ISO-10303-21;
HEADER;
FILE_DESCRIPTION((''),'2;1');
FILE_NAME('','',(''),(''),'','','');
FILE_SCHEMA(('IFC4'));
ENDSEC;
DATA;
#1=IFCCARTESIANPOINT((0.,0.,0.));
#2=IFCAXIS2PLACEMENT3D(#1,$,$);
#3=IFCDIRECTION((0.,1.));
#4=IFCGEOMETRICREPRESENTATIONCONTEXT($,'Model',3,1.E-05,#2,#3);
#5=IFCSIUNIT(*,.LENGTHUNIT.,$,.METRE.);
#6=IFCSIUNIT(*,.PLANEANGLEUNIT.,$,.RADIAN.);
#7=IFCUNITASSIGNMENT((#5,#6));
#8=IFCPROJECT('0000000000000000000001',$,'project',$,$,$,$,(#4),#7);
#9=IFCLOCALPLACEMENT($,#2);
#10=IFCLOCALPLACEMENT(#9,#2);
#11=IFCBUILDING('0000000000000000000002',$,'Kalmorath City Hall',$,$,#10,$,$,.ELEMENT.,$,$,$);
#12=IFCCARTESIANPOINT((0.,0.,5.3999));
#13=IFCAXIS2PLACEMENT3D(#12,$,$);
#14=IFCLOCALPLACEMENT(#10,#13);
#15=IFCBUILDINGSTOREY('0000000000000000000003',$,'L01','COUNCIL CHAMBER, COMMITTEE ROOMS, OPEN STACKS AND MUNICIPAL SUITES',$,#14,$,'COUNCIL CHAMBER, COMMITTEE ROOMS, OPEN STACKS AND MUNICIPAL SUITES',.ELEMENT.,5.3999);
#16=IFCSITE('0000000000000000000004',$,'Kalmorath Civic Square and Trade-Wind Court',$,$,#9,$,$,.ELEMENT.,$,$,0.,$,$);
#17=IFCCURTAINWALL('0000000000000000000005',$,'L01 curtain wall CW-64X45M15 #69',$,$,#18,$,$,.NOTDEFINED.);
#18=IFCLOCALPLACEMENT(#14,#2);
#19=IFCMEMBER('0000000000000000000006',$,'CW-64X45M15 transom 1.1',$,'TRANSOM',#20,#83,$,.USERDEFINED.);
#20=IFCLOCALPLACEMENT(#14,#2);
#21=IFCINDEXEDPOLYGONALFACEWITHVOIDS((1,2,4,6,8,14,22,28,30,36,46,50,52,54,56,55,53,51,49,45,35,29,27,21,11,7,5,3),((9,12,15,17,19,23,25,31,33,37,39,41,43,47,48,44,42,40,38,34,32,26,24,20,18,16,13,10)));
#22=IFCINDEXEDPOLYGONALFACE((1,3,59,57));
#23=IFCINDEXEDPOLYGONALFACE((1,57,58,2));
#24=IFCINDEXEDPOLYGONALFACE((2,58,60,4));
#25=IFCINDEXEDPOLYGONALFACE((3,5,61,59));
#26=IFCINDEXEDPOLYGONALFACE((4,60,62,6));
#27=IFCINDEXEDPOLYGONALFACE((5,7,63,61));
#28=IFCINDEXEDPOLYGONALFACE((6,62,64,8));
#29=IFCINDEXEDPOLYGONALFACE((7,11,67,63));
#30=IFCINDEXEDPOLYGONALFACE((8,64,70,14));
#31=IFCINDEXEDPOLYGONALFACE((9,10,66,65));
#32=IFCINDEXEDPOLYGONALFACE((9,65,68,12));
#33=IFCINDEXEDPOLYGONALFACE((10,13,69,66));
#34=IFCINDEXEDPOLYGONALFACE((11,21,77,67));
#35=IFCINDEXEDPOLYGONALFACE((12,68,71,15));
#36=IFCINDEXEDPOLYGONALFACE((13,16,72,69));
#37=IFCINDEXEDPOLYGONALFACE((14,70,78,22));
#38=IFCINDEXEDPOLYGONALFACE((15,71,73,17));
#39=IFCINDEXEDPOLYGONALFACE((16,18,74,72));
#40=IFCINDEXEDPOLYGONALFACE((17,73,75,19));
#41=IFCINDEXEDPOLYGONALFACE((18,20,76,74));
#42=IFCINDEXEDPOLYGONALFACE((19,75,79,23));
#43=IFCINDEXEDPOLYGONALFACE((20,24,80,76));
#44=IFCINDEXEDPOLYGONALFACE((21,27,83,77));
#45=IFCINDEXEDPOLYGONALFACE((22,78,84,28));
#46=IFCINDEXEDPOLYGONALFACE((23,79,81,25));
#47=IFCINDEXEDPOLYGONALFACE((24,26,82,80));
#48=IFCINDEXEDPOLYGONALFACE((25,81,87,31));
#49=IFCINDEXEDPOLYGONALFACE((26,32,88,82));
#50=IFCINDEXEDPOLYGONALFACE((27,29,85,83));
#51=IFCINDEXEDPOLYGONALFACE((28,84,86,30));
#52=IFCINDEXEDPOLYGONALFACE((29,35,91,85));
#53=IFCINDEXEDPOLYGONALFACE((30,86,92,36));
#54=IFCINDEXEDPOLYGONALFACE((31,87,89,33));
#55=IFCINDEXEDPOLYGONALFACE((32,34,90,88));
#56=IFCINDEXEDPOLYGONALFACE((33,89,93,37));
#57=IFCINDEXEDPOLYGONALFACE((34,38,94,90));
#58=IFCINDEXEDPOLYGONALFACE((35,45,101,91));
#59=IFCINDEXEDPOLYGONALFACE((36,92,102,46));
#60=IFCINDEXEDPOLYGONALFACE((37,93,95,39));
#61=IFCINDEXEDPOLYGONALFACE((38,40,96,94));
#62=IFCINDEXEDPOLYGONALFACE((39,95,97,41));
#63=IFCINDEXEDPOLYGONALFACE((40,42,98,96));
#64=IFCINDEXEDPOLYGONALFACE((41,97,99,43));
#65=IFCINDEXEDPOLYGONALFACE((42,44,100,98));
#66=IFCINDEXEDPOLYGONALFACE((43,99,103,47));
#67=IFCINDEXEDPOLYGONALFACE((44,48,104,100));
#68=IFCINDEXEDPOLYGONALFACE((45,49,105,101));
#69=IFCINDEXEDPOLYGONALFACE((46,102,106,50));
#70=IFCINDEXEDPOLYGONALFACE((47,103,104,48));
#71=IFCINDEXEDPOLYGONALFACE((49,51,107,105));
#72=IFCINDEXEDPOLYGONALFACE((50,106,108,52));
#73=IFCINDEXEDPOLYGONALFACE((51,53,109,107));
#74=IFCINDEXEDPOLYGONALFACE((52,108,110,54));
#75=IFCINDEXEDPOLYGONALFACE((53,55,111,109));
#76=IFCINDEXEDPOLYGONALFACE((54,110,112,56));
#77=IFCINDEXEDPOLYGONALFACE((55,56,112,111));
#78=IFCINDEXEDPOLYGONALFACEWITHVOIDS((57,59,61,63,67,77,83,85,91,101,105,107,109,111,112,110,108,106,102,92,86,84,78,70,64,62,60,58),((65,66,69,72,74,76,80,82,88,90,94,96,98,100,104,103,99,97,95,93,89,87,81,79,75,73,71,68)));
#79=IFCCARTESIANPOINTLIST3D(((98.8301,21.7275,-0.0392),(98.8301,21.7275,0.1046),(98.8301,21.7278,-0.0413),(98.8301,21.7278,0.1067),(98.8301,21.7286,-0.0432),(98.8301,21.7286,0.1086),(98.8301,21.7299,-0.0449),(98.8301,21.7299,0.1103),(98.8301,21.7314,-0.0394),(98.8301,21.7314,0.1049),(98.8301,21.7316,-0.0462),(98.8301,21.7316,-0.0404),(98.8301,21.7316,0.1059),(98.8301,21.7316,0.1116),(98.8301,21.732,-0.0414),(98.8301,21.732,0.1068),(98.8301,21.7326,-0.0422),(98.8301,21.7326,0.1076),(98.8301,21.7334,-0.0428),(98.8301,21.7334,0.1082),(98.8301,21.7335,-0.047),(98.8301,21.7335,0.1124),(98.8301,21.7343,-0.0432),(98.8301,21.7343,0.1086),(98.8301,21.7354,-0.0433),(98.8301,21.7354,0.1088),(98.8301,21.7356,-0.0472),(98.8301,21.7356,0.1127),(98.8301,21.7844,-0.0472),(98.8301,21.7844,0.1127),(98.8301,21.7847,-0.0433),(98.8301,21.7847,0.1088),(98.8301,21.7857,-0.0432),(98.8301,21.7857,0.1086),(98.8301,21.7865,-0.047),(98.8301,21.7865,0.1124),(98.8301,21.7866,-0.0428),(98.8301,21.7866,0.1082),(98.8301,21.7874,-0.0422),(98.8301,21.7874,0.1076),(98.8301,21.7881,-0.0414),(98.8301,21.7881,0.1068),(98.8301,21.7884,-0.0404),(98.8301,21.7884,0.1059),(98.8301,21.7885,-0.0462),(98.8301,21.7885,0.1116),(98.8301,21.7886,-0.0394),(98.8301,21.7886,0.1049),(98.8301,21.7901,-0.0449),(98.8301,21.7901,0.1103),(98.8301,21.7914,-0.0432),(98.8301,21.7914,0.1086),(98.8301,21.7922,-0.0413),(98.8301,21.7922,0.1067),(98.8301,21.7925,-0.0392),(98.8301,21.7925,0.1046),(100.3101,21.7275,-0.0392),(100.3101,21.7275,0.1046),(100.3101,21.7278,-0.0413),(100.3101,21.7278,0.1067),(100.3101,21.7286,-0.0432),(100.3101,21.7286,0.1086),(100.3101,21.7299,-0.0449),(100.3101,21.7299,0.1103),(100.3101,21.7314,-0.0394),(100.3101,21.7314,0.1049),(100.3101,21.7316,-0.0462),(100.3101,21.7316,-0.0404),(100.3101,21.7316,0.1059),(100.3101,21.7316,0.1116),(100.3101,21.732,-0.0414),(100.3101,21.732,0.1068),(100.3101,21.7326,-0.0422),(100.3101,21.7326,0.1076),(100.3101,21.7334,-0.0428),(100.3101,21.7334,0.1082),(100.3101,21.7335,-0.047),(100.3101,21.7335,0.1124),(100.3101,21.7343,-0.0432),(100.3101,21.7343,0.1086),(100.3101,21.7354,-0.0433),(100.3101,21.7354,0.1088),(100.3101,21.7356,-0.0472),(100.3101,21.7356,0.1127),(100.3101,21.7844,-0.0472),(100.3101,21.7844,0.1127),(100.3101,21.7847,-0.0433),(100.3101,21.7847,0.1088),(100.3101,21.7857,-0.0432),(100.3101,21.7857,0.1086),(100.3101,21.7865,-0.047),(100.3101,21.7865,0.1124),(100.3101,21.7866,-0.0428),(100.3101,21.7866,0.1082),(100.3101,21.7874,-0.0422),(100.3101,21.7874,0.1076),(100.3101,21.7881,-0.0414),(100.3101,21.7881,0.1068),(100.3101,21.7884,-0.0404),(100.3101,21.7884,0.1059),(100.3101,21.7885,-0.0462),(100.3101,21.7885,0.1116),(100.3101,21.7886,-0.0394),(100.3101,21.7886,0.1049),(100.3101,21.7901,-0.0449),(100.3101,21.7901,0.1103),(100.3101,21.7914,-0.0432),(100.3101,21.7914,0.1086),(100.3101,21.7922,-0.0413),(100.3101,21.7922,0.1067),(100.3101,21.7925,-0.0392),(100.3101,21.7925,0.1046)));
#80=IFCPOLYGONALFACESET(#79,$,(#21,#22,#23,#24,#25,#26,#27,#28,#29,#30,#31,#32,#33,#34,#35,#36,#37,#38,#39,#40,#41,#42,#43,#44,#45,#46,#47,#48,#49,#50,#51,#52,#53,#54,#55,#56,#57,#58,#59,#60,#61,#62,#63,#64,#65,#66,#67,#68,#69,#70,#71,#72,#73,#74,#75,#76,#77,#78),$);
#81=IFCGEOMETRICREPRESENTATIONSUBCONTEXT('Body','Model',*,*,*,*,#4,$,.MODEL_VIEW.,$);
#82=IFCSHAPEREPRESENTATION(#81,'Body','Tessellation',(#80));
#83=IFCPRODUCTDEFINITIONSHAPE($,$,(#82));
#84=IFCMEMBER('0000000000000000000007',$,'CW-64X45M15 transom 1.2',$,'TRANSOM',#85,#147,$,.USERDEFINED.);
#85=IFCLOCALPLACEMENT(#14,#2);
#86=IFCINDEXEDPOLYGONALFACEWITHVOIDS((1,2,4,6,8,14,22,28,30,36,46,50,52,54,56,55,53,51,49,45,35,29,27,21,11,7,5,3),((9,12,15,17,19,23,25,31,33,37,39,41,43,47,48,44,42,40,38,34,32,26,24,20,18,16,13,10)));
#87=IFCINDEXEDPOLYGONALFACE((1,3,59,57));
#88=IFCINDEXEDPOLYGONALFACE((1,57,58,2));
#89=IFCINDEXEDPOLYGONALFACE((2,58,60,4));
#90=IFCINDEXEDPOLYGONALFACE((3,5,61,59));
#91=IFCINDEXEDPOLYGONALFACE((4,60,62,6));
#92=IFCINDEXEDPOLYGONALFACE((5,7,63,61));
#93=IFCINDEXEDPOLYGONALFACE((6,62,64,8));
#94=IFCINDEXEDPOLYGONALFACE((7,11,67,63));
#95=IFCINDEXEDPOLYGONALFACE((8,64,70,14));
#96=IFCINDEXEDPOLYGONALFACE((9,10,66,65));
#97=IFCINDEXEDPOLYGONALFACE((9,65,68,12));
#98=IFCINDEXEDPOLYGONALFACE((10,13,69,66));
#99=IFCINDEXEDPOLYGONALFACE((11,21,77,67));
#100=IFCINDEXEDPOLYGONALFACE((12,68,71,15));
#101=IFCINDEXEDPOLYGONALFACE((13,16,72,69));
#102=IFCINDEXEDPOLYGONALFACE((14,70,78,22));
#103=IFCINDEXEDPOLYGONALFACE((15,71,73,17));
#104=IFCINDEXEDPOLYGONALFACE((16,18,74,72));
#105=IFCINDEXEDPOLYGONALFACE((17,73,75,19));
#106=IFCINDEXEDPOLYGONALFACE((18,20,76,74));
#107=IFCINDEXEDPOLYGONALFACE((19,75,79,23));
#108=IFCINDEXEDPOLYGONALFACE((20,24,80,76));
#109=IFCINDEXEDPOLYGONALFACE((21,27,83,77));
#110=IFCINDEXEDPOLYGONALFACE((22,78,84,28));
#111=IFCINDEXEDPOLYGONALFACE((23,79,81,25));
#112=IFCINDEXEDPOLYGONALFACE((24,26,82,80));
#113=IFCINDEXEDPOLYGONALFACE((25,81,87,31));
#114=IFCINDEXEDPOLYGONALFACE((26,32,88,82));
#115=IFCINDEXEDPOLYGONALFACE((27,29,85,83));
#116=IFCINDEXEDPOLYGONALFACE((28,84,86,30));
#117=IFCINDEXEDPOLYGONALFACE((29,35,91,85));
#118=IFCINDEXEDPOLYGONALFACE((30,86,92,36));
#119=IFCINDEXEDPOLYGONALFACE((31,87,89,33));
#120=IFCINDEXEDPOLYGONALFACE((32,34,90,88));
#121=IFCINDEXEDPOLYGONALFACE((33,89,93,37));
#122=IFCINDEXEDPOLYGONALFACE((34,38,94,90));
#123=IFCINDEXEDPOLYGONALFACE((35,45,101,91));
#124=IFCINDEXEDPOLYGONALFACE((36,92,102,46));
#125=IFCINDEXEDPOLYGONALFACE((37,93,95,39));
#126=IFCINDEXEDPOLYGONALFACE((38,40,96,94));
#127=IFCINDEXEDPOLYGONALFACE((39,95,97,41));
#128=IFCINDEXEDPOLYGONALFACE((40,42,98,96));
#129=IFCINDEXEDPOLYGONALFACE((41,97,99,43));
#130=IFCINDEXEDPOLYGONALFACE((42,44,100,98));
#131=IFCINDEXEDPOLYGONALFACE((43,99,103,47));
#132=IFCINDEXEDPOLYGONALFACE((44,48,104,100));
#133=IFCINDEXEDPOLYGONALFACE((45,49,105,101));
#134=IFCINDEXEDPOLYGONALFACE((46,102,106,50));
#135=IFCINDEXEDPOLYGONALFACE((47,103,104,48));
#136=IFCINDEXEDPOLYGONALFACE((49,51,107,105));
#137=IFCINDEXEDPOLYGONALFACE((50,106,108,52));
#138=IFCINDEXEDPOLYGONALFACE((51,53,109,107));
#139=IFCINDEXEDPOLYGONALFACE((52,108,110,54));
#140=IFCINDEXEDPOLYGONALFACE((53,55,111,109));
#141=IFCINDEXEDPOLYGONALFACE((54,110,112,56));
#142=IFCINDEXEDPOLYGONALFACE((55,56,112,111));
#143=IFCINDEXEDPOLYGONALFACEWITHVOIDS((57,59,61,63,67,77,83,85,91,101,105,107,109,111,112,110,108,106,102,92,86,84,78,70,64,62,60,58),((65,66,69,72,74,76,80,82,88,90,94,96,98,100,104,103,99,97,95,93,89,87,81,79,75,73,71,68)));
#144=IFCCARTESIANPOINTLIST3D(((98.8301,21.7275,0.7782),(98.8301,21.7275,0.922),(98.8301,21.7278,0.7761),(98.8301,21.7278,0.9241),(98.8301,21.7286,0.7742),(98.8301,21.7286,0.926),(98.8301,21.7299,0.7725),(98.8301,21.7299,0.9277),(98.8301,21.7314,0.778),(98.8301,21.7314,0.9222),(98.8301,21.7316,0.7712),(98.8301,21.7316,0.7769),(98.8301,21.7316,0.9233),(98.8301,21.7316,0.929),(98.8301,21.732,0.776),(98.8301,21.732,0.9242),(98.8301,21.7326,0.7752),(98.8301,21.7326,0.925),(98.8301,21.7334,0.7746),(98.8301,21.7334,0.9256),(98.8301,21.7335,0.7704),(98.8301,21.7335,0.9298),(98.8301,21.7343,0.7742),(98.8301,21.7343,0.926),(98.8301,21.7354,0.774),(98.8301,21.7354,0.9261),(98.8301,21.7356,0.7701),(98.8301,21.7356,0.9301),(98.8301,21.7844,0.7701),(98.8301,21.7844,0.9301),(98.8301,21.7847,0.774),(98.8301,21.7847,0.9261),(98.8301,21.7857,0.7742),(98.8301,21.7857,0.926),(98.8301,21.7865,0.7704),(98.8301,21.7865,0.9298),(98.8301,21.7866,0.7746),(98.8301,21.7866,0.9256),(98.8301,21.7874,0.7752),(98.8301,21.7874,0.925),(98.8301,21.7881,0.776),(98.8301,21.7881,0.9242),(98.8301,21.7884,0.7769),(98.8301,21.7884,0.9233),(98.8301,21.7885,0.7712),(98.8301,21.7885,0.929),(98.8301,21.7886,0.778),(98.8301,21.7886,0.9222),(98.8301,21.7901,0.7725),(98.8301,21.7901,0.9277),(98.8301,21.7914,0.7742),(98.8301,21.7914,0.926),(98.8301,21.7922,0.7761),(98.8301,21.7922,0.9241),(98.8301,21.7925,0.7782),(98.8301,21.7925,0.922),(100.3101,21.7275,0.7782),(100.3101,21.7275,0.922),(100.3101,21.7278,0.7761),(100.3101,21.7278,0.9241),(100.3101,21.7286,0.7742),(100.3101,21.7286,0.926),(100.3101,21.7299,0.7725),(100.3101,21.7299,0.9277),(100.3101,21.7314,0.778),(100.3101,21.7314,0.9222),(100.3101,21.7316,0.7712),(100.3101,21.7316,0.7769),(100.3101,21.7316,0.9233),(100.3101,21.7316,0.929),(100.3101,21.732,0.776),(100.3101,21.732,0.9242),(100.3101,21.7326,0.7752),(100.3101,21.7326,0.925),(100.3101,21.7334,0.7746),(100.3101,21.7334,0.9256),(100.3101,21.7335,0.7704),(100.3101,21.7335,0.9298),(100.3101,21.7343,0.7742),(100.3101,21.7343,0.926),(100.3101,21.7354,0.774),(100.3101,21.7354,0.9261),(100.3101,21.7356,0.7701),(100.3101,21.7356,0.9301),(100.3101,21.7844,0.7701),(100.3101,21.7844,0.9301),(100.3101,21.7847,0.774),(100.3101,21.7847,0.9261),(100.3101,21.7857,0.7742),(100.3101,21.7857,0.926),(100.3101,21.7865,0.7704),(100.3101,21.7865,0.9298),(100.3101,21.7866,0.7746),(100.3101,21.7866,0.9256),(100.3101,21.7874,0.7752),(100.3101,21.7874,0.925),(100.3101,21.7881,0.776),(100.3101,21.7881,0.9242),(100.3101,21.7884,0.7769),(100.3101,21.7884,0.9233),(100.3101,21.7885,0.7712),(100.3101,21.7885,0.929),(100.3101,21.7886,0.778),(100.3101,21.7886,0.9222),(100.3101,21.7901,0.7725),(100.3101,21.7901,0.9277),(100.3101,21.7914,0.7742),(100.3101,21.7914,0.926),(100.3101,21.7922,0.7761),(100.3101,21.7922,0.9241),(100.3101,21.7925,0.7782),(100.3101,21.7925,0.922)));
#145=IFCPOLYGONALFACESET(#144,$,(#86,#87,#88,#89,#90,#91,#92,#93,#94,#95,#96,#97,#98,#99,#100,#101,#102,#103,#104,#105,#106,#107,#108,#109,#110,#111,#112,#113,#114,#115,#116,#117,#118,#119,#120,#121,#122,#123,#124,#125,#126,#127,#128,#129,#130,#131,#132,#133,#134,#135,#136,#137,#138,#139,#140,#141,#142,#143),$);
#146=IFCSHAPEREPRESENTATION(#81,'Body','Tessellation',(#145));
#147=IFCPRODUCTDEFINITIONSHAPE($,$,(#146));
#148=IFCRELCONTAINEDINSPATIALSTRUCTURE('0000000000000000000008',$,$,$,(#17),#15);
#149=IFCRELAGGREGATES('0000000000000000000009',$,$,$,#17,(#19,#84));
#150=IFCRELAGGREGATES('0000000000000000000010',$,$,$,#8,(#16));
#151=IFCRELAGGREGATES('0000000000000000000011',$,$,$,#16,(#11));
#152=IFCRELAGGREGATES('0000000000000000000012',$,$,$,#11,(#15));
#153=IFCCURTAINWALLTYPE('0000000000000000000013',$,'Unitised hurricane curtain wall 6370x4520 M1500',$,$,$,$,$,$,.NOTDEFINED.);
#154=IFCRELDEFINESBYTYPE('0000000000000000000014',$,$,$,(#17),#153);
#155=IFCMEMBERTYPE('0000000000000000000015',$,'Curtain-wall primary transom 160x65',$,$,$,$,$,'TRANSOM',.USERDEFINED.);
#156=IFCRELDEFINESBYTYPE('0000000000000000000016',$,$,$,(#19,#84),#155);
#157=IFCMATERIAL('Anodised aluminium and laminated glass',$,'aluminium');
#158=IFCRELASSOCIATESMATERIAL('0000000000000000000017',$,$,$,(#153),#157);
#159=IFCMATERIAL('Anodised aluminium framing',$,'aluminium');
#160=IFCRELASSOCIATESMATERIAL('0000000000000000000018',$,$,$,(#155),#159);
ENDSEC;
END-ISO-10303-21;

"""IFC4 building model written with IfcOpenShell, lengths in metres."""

from ifc_helpers import new_model, si_unit, direction, frame, origin, origin_2d, place, context, subcontext, project, spatial, hollow_rectangle, extrude, material, material_profile, profile_set, type_object, element, aggregate, save


model = new_model("IFC4")

# Units and contexts
model_context = context("Model", 3, precision=1e-05, world=origin(), true_north=direction((0.0, 1.0)))
body_context = subcontext(model_context, "Body", "Model", "MODEL_VIEW")
ifc_project = project(units=[si_unit("LENGTHUNIT", "METRE"), si_unit("PLANEANGLEUNIT", "RADIAN")], contexts=[model_context])

# Site, building, storey
site_placement = place(None, origin())
site = spatial("IfcSite", under=ifc_project, at=site_placement, Name="Kalmorath Civic Square and Trade-Wind Court", CompositionType="ELEMENT", RefElevation=0.0)
building_placement = place(site_placement, origin())
building = spatial("IfcBuilding", under=site, at=building_placement, Name="Kalmorath City Hall", CompositionType="ELEMENT")
storey_placement = place(building_placement, frame((0.0, 0.0, 5.3999)))
storey = spatial("IfcBuildingStorey", under=building, at=storey_placement, Name="L01", Description="COUNCIL CHAMBER, COMMITTEE ROOMS, OPEN STACKS AND MUNICIPAL SUITES", LongName="COUNCIL CHAMBER, COMMITTEE ROOMS, OPEN STACKS AND MUNICIPAL SUITES", CompositionType="ELEMENT", Elevation=5.3999)

# Curtain wall
ifc_material_1 = material(Name="Anodised aluminium and laminated glass", Category="aluminium")
curtain_wall_type_1 = type_object("IfcCurtainWallType", Name="Unitised hurricane curtain wall 6370x4520 M1500", PredefinedType="NOTDEFINED", material=ifc_material_1)
curtain_wall_1_placement = place(storey_placement, origin())
curtain_wall_1 = element("IfcCurtainWall", 1, at=curtain_wall_1_placement, inside=storey, type_object=curtain_wall_type_1, Name="L01 curtain wall CW-64X45M15 #69", PredefinedType="NOTDEFINED")

# Members
ifc_material_2 = material(Name="Anodised aluminium framing", Category="aluminium")
ifc_material_profile_1 = material_profile(ifc_material_2, hollow_rectangle(XDim=0.0649, YDim=0.1599, WallThickness=0.0039, InnerFilletRadius=0.0039, OuterFilletRadius=0.0081, at=origin_2d()), Name="ALU-TRN-160X65X4")
ifc_profile_set_1 = profile_set([ifc_material_profile_1], Name="Anodised aluminium framing")
member_type_1 = type_object("IfcMemberType", Name="Curtain-wall primary transom 160x65", ElementType="TRANSOM", PredefinedType="USERDEFINED", material=ifc_profile_set_1)
member_1_placement = place(storey_placement, frame((100.3101, 21.76, 0.0327), z_axis=(-1.0, 0.0, 0.0), x_axis=(0.0, -1.0, 0.0)))
member_1 = element("IfcMember", 2, at=member_1_placement, type_object=member_type_1, Name="CW-64X45M15 transom 1.1", ObjectType="TRANSOM", PredefinedType="USERDEFINED", context=body_context, shape_type="SweptSolid", body=[
    extrude(hollow_rectangle(XDim=0.0649, YDim=0.1599, WallThickness=0.0039, InnerFilletRadius=0.0039, OuterFilletRadius=0.0081, at=origin_2d()), origin(), (0.0, 0.0, 1.0), 1.48),
])
member_2_placement = place(storey_placement, frame((100.3101, 21.76, 0.8501), z_axis=(-1.0, 0.0, 0.0), x_axis=(0.0, -1.0, 0.0)))
member_2 = element("IfcMember", 3, at=member_2_placement, type_object=member_type_1, Name="CW-64X45M15 transom 1.2", ObjectType="TRANSOM", PredefinedType="USERDEFINED", context=body_context, shape_type="SweptSolid", body=[
    extrude(hollow_rectangle(XDim=0.0649, YDim=0.1599, WallThickness=0.0039, InnerFilletRadius=0.0039, OuterFilletRadius=0.0081, at=origin_2d()), origin(), (0.0, 0.0, 1.0), 1.48),
])

aggregate(curtain_wall_1, [member_1, member_2])

save(model, "model.ifc")
